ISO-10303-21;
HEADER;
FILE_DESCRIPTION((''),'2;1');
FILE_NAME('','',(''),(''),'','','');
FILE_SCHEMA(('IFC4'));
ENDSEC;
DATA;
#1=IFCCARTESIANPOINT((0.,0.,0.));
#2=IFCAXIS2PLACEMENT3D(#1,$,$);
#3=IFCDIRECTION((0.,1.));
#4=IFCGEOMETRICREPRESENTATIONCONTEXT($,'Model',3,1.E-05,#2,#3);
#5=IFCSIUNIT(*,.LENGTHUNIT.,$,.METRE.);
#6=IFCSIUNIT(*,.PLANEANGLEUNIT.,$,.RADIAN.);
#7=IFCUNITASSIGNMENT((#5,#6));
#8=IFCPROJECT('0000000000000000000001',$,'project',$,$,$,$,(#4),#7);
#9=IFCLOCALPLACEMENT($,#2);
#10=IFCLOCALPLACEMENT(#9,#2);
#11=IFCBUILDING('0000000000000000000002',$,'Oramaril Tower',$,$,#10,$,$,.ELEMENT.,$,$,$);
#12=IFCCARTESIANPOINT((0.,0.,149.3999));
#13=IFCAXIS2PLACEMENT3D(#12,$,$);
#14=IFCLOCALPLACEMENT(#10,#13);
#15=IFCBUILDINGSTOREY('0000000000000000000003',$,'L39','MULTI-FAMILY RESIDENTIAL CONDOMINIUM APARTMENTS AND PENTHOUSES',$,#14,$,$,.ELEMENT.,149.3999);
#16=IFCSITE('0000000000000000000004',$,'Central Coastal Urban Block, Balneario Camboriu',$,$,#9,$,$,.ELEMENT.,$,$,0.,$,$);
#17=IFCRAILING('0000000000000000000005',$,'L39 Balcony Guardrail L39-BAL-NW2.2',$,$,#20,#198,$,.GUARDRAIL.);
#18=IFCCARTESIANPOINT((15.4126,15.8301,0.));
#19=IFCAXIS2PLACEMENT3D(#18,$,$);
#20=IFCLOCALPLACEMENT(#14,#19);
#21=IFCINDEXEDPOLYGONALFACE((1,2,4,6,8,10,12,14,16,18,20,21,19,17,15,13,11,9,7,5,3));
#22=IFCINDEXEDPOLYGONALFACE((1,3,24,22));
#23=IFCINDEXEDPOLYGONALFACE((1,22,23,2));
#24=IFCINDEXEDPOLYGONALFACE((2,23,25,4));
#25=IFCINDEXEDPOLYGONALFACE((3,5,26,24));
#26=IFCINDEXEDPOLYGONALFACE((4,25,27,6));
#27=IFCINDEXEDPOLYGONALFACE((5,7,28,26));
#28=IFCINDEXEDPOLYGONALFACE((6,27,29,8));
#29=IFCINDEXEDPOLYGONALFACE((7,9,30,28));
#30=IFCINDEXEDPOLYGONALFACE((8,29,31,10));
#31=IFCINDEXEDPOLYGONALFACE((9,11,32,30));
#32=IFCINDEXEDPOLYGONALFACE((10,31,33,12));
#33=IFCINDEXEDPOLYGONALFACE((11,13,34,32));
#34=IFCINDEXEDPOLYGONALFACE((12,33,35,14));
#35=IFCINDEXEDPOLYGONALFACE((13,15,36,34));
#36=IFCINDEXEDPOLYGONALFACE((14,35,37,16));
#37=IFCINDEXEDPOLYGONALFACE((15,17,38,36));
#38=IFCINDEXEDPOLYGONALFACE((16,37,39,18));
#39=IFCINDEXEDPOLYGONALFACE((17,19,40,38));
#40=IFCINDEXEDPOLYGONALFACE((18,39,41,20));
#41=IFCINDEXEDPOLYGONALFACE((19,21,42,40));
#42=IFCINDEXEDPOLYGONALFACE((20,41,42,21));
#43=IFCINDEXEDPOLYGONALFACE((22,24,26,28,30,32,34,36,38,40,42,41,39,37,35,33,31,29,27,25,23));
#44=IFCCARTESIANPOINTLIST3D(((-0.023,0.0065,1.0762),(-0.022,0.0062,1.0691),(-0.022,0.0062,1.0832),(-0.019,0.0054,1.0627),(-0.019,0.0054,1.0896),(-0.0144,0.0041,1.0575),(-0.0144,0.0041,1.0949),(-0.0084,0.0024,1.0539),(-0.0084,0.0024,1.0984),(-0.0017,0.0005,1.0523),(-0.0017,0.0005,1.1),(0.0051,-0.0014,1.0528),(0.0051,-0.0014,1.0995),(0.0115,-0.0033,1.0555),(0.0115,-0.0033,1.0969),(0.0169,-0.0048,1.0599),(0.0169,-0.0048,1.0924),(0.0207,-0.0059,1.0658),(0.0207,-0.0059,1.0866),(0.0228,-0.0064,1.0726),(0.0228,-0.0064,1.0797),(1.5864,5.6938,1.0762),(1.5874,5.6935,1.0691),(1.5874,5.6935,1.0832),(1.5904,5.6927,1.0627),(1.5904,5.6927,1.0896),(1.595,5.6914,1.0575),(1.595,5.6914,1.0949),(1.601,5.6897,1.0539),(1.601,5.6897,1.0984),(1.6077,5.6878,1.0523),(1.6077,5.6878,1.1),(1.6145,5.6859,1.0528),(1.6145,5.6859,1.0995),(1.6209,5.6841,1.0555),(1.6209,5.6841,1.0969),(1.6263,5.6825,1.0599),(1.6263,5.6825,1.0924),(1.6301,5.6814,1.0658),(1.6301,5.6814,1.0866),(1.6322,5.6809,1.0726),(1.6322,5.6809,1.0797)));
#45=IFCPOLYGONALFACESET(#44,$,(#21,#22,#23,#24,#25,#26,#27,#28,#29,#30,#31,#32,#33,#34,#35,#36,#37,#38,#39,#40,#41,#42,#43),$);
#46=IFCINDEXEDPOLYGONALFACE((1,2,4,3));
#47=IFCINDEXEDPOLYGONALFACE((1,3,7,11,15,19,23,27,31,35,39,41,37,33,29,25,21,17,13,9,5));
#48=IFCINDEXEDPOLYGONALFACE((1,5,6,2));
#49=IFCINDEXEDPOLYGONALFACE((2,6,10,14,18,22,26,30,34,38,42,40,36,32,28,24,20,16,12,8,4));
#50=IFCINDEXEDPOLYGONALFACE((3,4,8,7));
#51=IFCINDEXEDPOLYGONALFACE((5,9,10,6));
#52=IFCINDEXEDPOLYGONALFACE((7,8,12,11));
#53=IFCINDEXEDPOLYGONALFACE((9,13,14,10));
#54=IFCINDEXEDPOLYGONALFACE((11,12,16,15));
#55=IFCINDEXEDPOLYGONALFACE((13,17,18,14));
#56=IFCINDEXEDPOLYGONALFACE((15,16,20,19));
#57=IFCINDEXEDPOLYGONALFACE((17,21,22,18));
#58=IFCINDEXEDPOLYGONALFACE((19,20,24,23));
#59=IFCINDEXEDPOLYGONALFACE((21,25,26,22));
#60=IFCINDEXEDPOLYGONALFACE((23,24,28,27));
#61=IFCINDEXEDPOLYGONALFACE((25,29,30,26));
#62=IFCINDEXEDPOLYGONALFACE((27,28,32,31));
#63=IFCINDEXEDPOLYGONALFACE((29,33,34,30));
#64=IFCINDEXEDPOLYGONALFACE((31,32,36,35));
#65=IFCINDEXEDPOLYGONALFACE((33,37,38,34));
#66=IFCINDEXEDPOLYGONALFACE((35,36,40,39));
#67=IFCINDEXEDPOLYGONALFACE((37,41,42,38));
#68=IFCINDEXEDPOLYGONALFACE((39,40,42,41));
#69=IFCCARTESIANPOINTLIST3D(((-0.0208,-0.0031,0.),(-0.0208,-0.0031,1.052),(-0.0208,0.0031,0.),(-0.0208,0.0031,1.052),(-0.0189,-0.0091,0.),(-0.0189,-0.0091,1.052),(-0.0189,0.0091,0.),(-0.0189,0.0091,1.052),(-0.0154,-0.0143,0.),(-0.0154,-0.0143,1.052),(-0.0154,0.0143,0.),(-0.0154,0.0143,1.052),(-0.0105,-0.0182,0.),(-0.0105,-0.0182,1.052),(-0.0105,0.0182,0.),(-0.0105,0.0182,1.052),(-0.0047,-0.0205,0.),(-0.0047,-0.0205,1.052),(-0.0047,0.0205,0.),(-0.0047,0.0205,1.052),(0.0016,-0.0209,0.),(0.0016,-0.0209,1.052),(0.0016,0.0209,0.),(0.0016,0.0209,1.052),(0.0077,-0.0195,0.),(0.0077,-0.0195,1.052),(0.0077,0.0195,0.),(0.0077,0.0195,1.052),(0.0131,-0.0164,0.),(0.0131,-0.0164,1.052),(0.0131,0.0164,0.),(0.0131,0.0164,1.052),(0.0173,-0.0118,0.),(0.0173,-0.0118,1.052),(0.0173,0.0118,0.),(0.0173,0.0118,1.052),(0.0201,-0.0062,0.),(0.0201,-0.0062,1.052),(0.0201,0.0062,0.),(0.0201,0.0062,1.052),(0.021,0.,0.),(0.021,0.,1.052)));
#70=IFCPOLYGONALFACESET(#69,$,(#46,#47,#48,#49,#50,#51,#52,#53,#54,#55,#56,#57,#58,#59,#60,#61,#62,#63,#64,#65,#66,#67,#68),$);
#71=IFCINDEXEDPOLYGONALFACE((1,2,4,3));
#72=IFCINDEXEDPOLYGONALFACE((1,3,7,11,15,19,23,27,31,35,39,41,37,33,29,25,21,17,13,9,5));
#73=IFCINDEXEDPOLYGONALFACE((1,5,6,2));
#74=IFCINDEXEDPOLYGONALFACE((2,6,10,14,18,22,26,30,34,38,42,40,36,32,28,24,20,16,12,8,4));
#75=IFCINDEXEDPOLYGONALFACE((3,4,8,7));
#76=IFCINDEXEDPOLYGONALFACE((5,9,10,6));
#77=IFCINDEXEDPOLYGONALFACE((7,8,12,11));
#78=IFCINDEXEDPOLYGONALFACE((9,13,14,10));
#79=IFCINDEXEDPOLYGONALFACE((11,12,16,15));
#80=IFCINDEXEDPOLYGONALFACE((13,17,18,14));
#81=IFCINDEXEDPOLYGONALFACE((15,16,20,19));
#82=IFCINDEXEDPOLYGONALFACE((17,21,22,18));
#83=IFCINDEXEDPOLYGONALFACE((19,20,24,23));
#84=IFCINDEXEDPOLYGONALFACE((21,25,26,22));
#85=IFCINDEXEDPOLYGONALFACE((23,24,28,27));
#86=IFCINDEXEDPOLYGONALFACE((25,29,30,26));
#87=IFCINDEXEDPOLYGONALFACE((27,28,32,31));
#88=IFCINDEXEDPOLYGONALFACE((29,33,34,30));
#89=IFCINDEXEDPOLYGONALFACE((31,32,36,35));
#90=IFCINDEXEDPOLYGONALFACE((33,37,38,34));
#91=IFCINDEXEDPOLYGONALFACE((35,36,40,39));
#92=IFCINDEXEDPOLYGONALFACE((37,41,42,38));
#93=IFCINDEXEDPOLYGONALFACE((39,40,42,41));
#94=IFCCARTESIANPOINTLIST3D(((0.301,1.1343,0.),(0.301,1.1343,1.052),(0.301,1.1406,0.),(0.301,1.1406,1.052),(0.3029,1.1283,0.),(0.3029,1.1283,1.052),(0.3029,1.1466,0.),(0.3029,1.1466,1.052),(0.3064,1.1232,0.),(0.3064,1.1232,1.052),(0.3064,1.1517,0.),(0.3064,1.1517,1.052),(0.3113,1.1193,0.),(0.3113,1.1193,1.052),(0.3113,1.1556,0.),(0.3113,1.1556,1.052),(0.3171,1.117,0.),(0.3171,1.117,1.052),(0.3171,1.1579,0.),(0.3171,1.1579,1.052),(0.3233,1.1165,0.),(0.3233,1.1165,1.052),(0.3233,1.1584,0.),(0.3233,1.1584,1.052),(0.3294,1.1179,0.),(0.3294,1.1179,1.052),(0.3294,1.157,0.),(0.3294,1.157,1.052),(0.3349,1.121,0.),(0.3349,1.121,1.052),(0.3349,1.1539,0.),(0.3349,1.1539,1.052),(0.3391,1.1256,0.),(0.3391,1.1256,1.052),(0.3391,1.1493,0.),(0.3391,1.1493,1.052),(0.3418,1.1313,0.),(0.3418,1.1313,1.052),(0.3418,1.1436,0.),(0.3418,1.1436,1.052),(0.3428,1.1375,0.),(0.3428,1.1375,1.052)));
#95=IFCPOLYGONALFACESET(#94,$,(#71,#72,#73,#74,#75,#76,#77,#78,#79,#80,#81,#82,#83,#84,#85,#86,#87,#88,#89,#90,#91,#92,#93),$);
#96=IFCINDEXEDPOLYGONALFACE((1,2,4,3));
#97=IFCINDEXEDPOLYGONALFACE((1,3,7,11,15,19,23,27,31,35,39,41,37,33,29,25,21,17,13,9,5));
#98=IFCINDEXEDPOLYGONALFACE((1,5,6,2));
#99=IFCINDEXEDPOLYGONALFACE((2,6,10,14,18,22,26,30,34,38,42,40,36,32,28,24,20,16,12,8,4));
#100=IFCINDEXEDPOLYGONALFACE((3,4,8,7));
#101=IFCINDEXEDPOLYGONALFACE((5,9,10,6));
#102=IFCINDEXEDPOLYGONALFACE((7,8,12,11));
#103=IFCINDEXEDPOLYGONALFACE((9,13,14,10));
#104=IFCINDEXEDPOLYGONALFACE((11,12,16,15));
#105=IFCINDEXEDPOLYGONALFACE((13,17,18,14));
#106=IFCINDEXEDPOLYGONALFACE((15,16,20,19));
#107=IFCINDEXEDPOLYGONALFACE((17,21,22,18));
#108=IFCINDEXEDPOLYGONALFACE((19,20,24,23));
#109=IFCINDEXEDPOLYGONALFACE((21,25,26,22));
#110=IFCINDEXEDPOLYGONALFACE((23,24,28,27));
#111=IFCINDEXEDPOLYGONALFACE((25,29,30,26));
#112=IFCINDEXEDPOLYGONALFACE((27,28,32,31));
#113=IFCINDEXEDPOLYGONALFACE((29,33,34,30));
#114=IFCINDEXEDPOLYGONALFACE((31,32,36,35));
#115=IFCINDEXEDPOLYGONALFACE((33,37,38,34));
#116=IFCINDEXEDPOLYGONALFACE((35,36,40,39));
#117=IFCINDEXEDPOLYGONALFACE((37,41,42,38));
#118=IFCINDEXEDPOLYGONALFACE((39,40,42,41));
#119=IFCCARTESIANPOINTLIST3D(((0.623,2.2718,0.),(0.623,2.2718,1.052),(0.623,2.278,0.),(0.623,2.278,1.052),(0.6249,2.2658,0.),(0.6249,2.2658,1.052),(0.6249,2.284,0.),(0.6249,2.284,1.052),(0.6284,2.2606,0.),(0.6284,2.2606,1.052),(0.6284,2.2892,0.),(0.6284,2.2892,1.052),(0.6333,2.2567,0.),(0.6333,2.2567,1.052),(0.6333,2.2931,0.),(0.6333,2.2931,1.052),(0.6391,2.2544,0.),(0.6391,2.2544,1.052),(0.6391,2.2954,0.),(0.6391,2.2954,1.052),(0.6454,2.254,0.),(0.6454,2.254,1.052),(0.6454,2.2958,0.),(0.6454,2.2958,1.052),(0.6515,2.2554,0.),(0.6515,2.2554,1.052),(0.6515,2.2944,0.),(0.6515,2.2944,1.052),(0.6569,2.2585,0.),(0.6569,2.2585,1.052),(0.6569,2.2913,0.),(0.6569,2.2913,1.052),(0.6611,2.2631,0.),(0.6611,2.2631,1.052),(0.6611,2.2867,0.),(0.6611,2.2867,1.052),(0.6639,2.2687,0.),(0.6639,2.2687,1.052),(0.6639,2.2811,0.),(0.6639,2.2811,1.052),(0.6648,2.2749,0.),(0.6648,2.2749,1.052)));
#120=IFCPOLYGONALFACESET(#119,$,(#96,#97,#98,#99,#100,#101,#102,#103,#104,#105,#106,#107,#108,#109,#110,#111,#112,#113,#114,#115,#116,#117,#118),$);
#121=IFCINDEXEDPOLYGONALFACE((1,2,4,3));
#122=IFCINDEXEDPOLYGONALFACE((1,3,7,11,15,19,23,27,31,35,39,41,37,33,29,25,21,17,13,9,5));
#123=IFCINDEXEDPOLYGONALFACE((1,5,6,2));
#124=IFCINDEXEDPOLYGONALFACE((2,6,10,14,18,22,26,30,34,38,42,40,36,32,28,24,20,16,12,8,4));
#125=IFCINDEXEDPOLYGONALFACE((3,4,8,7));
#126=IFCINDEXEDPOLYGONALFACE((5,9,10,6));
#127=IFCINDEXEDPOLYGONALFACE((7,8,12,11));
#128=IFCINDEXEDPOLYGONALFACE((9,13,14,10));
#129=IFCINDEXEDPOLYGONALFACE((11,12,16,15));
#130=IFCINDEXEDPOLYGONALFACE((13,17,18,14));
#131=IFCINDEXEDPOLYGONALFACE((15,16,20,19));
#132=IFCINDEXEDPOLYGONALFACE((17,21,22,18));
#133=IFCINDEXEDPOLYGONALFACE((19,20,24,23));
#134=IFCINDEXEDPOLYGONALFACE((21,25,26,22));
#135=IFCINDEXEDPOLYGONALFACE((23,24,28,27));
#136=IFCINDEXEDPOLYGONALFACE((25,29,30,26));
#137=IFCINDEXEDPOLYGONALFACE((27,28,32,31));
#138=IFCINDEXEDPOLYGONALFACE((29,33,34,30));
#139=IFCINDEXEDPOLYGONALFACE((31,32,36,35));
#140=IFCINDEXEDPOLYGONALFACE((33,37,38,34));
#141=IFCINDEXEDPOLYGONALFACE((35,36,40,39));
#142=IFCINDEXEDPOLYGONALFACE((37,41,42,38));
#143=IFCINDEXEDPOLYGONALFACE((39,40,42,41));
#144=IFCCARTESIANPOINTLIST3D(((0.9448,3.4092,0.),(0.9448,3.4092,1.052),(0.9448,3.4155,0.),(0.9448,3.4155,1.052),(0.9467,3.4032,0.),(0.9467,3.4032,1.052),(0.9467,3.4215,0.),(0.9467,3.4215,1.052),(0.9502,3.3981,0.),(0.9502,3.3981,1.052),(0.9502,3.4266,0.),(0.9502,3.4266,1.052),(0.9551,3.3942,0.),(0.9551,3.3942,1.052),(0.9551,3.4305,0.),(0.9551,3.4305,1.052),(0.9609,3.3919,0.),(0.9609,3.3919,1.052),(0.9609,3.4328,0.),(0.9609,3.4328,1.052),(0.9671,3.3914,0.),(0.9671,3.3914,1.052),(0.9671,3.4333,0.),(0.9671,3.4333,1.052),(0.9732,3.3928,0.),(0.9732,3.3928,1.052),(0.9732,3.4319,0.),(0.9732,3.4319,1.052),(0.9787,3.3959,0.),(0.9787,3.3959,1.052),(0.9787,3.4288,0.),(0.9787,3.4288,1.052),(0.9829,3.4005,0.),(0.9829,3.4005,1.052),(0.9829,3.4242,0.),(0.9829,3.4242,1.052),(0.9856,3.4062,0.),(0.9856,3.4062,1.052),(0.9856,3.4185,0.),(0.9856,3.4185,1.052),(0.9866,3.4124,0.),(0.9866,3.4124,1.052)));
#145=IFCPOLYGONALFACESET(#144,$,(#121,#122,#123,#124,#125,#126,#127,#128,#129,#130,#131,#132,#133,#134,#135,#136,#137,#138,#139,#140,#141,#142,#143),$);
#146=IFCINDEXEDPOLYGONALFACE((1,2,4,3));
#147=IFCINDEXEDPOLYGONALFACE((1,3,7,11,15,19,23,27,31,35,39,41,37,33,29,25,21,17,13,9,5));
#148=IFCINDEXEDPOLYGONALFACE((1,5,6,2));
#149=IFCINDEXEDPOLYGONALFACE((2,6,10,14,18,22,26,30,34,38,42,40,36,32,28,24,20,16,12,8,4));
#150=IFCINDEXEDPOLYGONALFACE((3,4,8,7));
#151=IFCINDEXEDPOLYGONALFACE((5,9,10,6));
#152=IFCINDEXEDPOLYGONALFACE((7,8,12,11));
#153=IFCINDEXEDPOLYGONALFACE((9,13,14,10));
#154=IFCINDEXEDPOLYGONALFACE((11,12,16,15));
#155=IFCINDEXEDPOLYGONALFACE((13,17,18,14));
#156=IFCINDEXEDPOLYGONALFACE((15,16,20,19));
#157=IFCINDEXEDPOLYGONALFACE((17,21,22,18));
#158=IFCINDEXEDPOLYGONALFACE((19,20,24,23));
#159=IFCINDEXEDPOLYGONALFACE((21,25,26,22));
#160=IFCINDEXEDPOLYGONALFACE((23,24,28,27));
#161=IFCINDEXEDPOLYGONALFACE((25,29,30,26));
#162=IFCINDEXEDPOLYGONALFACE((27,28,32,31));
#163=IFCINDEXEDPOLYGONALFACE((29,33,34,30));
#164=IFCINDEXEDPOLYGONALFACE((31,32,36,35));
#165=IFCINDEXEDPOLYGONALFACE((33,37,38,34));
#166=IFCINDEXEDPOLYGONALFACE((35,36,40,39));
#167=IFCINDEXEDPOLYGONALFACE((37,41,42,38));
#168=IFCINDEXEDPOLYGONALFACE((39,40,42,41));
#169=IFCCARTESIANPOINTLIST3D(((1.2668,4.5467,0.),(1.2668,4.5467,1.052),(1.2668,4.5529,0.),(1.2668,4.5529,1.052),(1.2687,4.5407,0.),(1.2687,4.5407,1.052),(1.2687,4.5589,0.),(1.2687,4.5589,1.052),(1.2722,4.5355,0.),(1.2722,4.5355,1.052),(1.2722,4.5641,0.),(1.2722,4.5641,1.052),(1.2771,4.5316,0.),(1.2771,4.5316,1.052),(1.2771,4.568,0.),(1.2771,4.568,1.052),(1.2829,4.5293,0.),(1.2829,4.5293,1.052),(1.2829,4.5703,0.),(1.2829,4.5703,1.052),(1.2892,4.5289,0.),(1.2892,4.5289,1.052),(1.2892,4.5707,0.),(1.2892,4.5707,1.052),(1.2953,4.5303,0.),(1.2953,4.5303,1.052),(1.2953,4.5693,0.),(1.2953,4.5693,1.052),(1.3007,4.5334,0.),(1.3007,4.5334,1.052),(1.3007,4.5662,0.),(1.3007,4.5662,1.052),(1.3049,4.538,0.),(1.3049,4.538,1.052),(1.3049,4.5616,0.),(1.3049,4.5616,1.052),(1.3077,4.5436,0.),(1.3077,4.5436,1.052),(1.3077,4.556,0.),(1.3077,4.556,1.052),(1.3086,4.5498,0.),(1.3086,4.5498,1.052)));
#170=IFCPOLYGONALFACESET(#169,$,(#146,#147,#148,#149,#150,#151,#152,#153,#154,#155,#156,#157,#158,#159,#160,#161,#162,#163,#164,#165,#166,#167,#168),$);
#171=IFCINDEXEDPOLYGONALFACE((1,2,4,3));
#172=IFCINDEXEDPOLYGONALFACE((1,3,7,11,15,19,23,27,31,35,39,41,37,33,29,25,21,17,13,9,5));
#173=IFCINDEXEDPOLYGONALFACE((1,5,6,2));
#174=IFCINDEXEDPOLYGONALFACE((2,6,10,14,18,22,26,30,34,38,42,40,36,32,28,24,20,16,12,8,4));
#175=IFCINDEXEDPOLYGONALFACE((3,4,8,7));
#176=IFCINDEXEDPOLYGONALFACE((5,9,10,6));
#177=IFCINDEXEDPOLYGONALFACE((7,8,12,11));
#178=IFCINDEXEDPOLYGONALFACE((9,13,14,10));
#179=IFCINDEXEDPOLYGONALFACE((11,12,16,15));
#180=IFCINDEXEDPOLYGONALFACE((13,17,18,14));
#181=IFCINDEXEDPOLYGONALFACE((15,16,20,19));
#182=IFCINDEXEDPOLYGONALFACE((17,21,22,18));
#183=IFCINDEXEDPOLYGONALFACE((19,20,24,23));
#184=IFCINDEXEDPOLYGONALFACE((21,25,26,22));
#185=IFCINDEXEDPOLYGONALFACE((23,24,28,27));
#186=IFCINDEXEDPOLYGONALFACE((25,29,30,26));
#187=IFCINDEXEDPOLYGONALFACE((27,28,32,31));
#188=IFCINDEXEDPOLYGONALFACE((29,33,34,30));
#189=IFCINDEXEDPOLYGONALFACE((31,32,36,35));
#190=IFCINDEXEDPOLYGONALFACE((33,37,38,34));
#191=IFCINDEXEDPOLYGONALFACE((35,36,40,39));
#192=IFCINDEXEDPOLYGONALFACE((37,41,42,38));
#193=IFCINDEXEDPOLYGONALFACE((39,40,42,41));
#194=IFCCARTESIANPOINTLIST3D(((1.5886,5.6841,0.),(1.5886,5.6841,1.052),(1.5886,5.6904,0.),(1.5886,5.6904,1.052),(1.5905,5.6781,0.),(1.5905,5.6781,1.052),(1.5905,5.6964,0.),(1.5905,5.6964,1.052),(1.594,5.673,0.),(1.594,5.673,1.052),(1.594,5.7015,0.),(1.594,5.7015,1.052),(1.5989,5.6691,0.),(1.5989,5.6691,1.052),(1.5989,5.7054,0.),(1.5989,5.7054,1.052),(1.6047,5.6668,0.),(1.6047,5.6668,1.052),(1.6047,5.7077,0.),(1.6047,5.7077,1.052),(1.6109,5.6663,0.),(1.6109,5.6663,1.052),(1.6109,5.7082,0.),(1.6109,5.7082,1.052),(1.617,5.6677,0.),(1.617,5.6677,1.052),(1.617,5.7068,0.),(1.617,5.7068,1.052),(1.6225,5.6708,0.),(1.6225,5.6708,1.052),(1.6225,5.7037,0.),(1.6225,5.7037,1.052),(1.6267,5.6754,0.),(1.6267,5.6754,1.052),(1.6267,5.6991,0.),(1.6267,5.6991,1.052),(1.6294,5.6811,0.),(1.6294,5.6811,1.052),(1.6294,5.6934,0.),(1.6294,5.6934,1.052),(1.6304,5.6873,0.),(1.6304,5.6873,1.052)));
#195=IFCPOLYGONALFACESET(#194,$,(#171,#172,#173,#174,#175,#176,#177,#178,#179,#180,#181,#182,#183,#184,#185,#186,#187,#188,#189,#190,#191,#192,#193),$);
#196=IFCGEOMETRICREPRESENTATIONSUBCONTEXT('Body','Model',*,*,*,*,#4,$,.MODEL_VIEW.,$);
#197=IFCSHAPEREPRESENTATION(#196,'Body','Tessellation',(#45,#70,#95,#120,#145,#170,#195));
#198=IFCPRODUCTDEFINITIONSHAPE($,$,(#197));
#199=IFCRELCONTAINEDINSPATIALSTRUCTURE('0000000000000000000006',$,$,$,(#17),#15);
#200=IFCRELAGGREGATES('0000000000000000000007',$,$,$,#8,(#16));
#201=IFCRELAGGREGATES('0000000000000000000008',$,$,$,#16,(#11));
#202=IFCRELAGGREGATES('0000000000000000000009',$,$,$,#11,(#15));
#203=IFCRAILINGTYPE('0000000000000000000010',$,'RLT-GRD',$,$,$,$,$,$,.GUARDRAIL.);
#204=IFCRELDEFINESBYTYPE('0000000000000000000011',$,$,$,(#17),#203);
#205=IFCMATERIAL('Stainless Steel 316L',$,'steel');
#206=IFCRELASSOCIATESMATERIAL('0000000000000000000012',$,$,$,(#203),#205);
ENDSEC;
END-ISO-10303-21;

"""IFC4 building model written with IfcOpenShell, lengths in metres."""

from ifc_helpers import new_model, si_unit, direction, frame, origin, origin_2d, place, context, subcontext, project, spatial, circle, extrude, material, type_object, element, save


model = new_model("IFC4")

# Units and contexts
model_context = context("Model", 3, precision=1e-05, world=origin(), true_north=direction((0.0, 1.0)))
body_context = subcontext(model_context, "Body", "Model", "MODEL_VIEW")
ifc_project = project(units=[si_unit("LENGTHUNIT", "METRE"), si_unit("PLANEANGLEUNIT", "RADIAN")], contexts=[model_context])

# Site, building, storey
site_placement = place(None, origin())
site = spatial("IfcSite", under=ifc_project, at=site_placement, Name="Central Coastal Urban Block, Balneario Camboriu", CompositionType="ELEMENT", RefElevation=0.0)
building_placement = place(site_placement, origin())
building = spatial("IfcBuilding", under=site, at=building_placement, Name="Oramaril Tower", CompositionType="ELEMENT")
storey_placement = place(building_placement, frame((0.0, 0.0, 149.3999)))
storey = spatial("IfcBuildingStorey", under=building, at=storey_placement, Name="L39", Description="MULTI-FAMILY RESIDENTIAL CONDOMINIUM APARTMENTS AND PENTHOUSES", CompositionType="ELEMENT", Elevation=149.3999)

# Railing
ifc_material_1 = material(Name="Stainless Steel 316L", Category="steel")
railing_type = type_object("IfcRailingType", Name="RLT-GRD", PredefinedType="GUARDRAIL", material=ifc_material_1)
railing_1_placement = place(storey_placement, frame((15.4126, 15.8301, 0.0)))
element("IfcRailing", 1, at=railing_1_placement, inside=storey, type_object=railing_type, Name="L39 Balcony Guardrail L39-BAL-NW2.2", PredefinedType="GUARDRAIL", context=body_context, shape_type="SweptSolid", body=[
    extrude(circle(Radius=0.0239, at=origin_2d()), frame((0.0, 0.0, 1.0762), z_axis=(0.272287, 0.962216, 0.0), x_axis=(-0.962216, 0.272287, 0.0)), (0.0, 0.0, 1.0), 5.9106),
    extrude(circle(Radius=0.021, at=origin_2d()), origin(), (0.0, 0.0, 1.0), 1.052),
    extrude(circle(Radius=0.021, at=origin_2d()), frame((0.3218, 1.1375, 0.0)), (0.0, 0.0, 1.0), 1.052),
    extrude(circle(Radius=0.021, at=origin_2d()), frame((0.6438, 2.2749, 0.0)), (0.0, 0.0, 1.0), 1.052),
    extrude(circle(Radius=0.021, at=origin_2d()), frame((0.9656, 3.4124, 0.0)), (0.0, 0.0, 1.0), 1.052),
    extrude(circle(Radius=0.021, at=origin_2d()), frame((1.2876, 4.5498, 0.0)), (0.0, 0.0, 1.0), 1.052),
    extrude(circle(Radius=0.021, at=origin_2d()), frame((1.6094, 5.6873, 0.0)), (0.0, 0.0, 1.0), 1.052),
])

save(model, "model.ifc")
